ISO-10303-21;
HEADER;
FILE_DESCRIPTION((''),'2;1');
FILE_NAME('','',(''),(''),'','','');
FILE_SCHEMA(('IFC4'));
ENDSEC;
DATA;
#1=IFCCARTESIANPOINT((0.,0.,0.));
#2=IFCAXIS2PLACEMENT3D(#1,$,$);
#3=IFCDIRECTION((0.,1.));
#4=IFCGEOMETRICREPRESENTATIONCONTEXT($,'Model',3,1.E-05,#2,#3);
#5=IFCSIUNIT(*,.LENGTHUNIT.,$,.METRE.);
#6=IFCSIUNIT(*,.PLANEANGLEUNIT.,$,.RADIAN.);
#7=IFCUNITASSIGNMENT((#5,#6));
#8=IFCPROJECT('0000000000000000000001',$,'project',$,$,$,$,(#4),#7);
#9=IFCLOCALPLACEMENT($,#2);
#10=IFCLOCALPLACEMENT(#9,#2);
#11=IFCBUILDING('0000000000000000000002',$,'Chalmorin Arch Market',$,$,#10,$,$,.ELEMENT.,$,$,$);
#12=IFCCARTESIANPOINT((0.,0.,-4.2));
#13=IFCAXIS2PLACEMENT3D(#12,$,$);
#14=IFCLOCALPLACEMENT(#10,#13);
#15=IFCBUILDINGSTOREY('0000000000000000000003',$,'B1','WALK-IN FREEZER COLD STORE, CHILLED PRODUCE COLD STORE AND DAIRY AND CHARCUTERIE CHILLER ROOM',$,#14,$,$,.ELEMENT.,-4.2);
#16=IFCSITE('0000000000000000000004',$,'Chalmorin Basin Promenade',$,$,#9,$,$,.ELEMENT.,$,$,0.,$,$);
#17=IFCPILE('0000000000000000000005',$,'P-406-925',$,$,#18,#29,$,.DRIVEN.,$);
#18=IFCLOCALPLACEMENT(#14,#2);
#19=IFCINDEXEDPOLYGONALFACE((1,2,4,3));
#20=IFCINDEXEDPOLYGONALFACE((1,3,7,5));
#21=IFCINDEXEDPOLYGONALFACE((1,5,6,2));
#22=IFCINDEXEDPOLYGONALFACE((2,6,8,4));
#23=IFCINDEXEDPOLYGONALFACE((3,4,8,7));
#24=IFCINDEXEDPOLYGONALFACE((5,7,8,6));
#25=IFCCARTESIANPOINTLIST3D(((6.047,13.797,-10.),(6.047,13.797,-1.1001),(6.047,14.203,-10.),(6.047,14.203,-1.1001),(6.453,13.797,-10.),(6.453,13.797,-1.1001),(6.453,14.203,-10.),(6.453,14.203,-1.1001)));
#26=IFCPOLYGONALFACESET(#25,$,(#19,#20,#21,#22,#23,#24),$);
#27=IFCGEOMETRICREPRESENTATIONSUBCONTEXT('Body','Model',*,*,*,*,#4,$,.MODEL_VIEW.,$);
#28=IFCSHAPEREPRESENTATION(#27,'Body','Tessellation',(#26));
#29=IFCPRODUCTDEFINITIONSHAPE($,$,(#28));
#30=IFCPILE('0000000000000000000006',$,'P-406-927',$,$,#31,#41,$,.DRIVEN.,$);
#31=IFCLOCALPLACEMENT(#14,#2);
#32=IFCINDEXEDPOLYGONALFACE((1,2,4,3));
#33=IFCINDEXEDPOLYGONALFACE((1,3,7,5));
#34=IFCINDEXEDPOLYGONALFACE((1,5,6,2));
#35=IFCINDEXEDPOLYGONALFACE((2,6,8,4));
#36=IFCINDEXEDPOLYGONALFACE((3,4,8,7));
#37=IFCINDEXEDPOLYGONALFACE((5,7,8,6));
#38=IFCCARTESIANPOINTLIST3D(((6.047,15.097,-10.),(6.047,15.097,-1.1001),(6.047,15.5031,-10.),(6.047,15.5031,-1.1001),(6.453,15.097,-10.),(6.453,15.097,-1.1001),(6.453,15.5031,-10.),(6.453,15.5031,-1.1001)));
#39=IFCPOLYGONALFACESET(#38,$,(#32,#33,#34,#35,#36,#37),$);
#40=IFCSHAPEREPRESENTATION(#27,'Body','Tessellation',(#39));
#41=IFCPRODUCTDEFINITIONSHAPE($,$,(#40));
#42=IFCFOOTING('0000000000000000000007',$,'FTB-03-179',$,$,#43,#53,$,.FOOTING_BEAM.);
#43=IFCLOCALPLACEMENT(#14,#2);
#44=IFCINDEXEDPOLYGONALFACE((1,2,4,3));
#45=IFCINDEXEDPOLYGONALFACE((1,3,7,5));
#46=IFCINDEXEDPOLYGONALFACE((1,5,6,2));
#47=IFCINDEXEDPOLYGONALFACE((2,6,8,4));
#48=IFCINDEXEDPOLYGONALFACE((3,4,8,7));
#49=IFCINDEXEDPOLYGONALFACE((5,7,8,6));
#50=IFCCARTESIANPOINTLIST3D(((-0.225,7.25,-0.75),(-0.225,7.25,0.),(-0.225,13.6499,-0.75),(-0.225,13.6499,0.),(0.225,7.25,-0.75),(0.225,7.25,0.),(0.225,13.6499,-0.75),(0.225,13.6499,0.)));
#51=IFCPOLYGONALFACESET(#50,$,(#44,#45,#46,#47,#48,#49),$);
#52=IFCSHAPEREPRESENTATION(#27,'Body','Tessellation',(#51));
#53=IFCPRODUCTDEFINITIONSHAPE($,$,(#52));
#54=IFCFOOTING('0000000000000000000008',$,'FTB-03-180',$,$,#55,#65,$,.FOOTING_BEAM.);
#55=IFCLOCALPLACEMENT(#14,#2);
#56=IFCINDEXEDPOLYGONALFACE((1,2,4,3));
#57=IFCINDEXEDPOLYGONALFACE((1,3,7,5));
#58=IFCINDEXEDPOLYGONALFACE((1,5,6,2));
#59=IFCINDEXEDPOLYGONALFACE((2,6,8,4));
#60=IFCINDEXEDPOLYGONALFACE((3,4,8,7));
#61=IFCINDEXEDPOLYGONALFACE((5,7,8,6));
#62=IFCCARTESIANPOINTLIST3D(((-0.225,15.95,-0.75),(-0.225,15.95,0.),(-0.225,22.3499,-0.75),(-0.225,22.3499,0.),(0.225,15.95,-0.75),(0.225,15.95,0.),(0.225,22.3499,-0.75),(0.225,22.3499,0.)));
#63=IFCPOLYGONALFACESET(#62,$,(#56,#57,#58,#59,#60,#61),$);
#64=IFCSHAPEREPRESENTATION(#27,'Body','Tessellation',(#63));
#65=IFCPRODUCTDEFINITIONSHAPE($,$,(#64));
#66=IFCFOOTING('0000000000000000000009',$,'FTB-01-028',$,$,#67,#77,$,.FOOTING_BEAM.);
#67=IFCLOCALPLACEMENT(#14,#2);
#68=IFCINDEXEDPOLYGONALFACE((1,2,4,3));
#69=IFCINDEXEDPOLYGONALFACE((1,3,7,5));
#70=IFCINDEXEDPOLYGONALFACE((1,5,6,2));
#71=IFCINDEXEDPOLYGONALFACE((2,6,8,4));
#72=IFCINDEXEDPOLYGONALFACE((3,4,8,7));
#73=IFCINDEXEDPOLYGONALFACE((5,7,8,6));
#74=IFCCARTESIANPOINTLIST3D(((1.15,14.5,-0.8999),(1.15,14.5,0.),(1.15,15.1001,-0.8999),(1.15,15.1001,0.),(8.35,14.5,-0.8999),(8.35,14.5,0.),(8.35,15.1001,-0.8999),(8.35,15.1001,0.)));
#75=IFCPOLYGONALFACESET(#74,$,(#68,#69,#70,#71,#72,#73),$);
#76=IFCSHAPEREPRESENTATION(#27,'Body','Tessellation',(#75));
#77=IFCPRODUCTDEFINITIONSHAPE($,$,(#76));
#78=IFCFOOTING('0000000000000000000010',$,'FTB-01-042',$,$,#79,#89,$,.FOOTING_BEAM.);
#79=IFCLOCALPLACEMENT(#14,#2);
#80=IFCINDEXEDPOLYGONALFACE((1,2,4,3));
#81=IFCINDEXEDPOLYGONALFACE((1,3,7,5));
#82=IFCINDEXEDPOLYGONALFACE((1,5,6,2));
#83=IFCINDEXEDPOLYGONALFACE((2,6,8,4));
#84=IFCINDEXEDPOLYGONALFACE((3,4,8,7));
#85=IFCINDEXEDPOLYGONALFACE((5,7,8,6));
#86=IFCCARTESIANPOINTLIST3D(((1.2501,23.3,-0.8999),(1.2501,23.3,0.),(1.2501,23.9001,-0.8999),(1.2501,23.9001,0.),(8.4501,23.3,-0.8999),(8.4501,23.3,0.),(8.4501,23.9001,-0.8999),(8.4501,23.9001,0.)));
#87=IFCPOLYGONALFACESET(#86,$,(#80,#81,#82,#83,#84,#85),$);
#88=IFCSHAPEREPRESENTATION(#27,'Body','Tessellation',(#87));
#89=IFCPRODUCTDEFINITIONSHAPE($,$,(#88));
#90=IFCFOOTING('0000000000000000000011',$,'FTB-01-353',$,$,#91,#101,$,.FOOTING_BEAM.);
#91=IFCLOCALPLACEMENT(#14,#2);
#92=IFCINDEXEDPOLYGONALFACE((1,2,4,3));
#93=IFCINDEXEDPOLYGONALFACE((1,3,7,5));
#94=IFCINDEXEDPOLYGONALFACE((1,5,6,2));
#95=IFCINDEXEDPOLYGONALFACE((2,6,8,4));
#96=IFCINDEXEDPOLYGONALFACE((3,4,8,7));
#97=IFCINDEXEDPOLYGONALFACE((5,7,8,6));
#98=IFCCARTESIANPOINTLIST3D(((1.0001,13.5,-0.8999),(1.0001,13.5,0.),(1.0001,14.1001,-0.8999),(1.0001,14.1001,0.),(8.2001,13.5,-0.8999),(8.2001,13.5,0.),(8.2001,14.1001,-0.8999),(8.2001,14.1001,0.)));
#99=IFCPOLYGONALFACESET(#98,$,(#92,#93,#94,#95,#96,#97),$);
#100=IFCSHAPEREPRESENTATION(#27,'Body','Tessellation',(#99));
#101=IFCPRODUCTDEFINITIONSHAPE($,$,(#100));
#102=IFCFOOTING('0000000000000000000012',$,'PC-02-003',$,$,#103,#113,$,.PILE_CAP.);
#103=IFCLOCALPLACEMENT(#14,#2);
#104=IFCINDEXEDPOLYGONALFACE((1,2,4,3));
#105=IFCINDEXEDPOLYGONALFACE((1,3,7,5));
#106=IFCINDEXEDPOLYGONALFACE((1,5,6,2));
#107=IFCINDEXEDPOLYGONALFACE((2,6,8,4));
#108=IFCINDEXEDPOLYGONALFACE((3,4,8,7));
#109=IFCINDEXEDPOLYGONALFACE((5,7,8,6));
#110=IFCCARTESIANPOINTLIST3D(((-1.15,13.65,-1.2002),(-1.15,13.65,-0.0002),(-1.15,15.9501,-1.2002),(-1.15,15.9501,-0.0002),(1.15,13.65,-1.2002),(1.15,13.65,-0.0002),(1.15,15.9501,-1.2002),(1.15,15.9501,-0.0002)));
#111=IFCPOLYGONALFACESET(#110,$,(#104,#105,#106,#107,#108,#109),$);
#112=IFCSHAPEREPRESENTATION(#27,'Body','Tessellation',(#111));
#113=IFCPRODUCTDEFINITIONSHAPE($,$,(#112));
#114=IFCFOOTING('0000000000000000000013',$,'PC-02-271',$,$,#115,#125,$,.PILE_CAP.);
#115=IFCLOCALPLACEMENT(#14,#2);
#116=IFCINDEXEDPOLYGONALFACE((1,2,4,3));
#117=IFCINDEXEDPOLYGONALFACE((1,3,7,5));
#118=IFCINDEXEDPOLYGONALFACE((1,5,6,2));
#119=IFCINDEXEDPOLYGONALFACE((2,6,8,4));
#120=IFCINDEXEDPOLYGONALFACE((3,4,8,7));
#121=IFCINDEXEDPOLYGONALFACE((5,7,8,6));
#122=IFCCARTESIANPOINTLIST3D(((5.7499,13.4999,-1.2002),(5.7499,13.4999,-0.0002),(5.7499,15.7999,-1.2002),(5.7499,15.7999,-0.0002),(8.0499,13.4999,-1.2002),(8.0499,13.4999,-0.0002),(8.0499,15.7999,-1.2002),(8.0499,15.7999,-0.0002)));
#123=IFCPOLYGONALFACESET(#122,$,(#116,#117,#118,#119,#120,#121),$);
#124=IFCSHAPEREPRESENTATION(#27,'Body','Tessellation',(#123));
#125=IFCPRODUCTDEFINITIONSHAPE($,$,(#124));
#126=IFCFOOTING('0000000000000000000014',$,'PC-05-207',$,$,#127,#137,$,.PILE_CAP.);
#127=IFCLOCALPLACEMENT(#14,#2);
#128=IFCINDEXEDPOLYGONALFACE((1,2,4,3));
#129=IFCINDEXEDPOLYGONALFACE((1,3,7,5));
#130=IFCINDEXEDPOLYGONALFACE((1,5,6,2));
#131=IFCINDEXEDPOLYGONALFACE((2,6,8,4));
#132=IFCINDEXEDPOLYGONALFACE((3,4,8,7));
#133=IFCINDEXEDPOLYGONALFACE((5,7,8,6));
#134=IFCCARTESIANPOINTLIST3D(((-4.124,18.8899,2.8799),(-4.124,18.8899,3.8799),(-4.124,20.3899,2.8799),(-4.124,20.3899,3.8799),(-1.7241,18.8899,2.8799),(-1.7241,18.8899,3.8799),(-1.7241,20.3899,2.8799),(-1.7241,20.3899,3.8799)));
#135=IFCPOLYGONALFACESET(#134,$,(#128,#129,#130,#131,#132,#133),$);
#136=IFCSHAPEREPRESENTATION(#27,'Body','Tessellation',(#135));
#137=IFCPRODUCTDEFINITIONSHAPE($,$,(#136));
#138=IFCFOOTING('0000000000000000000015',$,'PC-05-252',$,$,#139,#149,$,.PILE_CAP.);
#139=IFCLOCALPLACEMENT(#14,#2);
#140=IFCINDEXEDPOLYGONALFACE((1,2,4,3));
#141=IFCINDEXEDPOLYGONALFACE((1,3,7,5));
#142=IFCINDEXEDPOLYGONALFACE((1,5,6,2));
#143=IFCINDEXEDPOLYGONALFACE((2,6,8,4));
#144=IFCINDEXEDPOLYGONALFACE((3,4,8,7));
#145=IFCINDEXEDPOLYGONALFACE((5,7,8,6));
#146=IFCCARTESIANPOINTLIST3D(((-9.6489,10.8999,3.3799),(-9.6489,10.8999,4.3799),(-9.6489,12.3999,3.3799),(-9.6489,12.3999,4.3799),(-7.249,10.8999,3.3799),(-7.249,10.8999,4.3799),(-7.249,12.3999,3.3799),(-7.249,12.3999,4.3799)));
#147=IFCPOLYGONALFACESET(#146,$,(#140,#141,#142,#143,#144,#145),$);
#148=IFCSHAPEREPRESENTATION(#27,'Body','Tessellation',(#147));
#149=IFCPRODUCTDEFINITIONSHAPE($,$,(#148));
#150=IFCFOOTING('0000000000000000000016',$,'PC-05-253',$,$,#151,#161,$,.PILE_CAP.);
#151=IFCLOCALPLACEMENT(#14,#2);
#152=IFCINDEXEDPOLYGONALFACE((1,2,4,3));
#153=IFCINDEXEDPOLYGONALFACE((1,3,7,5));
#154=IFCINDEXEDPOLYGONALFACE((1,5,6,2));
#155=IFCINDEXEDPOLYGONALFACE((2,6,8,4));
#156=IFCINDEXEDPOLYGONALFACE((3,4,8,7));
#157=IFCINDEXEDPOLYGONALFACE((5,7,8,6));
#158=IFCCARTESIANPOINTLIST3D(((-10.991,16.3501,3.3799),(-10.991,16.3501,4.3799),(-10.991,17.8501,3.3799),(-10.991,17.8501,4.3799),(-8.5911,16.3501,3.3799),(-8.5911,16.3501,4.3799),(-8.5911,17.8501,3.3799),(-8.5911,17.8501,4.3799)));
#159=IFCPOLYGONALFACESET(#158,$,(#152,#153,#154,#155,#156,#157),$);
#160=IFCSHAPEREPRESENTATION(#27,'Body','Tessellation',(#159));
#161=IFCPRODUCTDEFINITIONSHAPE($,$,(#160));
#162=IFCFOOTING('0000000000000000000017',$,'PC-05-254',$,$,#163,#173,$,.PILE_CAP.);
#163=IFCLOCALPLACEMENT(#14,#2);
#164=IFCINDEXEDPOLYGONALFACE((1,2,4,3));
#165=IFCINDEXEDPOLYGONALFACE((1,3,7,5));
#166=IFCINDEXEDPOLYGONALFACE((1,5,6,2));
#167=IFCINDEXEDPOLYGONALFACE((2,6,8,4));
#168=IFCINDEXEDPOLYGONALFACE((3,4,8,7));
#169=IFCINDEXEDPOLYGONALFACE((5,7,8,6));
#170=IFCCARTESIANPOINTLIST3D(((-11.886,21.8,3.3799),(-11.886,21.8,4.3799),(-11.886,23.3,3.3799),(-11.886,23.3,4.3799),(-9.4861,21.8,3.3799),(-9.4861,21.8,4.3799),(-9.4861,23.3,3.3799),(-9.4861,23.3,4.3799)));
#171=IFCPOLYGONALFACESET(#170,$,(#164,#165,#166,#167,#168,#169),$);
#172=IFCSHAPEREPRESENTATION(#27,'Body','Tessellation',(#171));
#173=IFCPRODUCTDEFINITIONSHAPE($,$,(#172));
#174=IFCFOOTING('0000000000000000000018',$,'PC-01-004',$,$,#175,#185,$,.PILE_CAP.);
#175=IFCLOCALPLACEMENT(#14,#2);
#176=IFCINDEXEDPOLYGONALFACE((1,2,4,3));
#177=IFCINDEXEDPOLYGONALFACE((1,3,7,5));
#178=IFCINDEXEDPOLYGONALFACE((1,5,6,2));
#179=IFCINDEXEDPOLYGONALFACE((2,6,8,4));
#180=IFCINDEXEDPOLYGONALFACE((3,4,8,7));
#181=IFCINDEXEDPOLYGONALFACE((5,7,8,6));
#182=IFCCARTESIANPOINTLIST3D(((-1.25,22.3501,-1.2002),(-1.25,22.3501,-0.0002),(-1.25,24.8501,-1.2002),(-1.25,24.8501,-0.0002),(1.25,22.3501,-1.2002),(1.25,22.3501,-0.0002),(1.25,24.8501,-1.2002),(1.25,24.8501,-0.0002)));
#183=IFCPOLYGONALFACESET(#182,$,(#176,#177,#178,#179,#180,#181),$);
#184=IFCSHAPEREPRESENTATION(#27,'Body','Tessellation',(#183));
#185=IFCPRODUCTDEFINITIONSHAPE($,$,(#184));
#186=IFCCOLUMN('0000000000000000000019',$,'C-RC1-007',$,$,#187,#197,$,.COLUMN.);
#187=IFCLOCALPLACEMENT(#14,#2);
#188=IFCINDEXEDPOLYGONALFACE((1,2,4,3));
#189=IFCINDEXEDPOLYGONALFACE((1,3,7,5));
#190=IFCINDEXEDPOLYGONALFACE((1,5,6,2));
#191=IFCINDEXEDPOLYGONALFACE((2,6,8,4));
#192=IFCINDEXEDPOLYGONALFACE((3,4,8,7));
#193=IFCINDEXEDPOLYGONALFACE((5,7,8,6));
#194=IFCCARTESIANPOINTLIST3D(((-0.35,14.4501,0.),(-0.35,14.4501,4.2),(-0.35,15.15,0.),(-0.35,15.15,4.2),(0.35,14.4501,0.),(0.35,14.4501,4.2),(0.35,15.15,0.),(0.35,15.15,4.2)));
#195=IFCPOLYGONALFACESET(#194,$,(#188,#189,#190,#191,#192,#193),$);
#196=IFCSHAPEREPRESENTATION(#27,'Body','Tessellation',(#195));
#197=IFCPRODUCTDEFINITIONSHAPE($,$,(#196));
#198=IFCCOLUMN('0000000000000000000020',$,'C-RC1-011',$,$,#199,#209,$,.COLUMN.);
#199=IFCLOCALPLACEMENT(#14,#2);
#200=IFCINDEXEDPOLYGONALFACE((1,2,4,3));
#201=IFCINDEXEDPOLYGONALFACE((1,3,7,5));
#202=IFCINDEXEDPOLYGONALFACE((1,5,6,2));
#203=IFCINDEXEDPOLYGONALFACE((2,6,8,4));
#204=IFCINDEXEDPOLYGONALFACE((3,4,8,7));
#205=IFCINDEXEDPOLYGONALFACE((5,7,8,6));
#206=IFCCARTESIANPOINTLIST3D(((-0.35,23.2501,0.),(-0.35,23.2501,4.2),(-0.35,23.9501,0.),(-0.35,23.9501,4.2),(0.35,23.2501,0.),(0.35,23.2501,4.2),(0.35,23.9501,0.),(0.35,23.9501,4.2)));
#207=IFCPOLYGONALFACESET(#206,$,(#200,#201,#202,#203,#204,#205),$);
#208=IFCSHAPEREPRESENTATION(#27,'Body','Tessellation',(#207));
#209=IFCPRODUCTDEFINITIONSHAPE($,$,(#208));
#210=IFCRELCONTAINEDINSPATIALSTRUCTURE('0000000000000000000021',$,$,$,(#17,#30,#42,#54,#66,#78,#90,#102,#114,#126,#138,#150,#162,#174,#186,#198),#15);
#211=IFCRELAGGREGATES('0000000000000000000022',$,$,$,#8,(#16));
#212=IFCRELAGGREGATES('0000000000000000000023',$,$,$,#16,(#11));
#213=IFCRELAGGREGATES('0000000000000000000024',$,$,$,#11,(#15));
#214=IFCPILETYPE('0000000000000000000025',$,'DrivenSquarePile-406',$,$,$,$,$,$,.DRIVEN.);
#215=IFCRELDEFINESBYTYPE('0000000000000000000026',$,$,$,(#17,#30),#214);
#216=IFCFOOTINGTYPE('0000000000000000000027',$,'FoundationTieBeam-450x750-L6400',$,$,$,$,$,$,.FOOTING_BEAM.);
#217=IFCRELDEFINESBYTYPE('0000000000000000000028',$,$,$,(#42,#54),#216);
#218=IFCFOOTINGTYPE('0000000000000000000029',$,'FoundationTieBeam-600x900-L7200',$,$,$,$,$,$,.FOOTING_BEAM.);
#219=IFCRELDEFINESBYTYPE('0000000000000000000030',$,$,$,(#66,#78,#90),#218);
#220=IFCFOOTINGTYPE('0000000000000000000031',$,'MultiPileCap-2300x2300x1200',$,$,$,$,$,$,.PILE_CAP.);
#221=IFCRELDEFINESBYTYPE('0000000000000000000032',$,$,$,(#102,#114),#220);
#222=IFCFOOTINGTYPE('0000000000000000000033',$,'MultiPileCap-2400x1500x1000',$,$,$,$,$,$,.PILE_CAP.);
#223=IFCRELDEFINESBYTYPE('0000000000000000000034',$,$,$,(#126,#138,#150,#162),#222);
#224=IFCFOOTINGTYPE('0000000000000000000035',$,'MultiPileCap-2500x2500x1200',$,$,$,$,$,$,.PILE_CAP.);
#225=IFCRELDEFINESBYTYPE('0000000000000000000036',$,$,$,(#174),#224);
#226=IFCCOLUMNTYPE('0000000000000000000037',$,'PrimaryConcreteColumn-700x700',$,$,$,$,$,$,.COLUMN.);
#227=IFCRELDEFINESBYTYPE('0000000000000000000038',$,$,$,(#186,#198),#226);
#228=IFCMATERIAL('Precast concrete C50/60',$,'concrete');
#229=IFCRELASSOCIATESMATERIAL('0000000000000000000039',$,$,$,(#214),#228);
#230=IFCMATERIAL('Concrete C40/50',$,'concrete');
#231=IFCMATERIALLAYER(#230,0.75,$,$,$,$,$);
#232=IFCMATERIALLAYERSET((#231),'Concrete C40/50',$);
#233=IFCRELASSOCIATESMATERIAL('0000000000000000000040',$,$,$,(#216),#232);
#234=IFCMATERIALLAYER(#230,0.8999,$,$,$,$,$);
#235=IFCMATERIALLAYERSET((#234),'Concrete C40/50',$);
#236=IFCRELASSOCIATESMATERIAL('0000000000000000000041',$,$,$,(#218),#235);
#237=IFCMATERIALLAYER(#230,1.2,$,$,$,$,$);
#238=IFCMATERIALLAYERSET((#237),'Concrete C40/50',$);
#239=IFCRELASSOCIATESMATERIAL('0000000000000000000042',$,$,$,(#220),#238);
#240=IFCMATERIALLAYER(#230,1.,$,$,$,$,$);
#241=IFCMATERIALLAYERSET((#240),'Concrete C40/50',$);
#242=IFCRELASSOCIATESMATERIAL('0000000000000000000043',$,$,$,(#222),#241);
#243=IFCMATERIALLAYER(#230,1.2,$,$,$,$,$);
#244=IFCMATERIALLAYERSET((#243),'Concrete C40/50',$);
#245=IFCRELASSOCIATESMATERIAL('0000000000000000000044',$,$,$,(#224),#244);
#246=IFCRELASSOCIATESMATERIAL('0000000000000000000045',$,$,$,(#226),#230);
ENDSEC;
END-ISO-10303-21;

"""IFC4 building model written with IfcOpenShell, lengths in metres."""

from ifc_helpers import new_model, si_unit, direction, frame, origin, origin_2d, place, context, subcontext, project, spatial, rectangle, extrude, material, layer, layer_set, material_profile, profile_set, type_object, element, save


model = new_model("IFC4")

# Units and contexts
model_context = context("Model", 3, precision=1e-05, world=origin(), true_north=direction((0.0, 1.0)))
body_context = subcontext(model_context, "Body", "Model", "MODEL_VIEW")
ifc_project = project(units=[si_unit("LENGTHUNIT", "METRE"), si_unit("PLANEANGLEUNIT", "RADIAN")], contexts=[model_context])

# Site, building, storey
site_placement = place(None, origin())
site = spatial("IfcSite", under=ifc_project, at=site_placement, Name="Chalmorin Basin Promenade", CompositionType="ELEMENT", RefElevation=0.0)
building_placement = place(site_placement, origin())
building = spatial("IfcBuilding", under=site, at=building_placement, Name="Chalmorin Arch Market", CompositionType="ELEMENT")
storey_placement = place(building_placement, frame((0.0, 0.0, -4.2)))
storey = spatial("IfcBuildingStorey", under=building, at=storey_placement, Name="B1", Description="WALK-IN FREEZER COLD STORE, CHILLED PRODUCE COLD STORE AND DAIRY AND CHARCUTERIE CHILLER ROOM", CompositionType="ELEMENT", Elevation=-4.2)

# Piles
ifc_material_1 = material(Name="Precast concrete C50/60", Category="concrete")
ifc_material_profile_1 = material_profile(ifc_material_1, rectangle(XDim=0.406, YDim=0.406, at=origin_2d()), Name="PPC406")
ifc_profile_set_1 = profile_set([ifc_material_profile_1], Name="Precast concrete C50/60")
pile_type = type_object("IfcPileType", Name="DrivenSquarePile-406", PredefinedType="DRIVEN", material=ifc_profile_set_1)
for number, where, z_axis, x_axis, name in (
    (1, (6.25, 14.0, -1.1001), (0.0, 0.0, -1.0), (1.0, 0.0, 0.0), "P-406-925"),
    (2, (6.25, 15.3, -1.1001), (0.0, 0.0, -1.0), (1.0, 0.0, 0.0), "P-406-927"),
):
    element("IfcPile", number, at=place(storey_placement, frame(where, z_axis=z_axis, x_axis=x_axis)), inside=storey, type_object=pile_type, Name=name, PredefinedType="DRIVEN", context=body_context, shape_type="SweptSolid", body=[
        extrude(rectangle(XDim=0.406, YDim=0.406, at=origin_2d()), origin(), (0.0, 0.0, 1.0), 8.8999),
    ])

# Footings
ifc_material_2 = material(Name="Concrete C40/50", Category="concrete")
ifc_layer_1 = layer(ifc_material_2, 0.75)
ifc_layer_set_1 = layer_set([ifc_layer_1], Name="Concrete C40/50")
footing_type_1 = type_object("IfcFootingType", Name="FoundationTieBeam-450x750-L6400", PredefinedType="FOOTING_BEAM", material=ifc_layer_set_1)
for number, where, z_axis, x_axis, name in (
    (3, (0.0, 10.45, -0.75), (0.0, 0.0, 1.0), (0.0, 1.0, 0.0), "FTB-03-179"),
    (4, (0.0, 19.1499, -0.75), (0.0, 0.0, 1.0), (0.0, 1.0, 0.0), "FTB-03-180"),
):
    element("IfcFooting", number, at=place(storey_placement, frame(where, z_axis=z_axis, x_axis=x_axis)), inside=storey, type_object=footing_type_1, Name=name, PredefinedType="FOOTING_BEAM", context=body_context, shape_type="SweptSolid", body=[
        extrude(rectangle(XDim=6.3999, YDim=0.45, at=origin_2d()), origin(), (0.0, 0.0, 1.0), 0.75),
    ])
ifc_layer_2 = layer(ifc_material_2, 0.8999)
ifc_layer_set_2 = layer_set([ifc_layer_2], Name="Concrete C40/50")
footing_type_2 = type_object("IfcFootingType", Name="FoundationTieBeam-600x900-L7200", PredefinedType="FOOTING_BEAM", material=ifc_layer_set_2)
for number, where, z_axis, x_axis, name in (
    (5, (4.75, 14.8, -0.8999), (0.0, 0.0, 1.0), (1.0, 0.0, 0.0), "FTB-01-028"),
    (6, (4.8501, 23.6001, -0.8999), (0.0, 0.0, 1.0), (1.0, 0.0, 0.0), "FTB-01-042"),
    (7, (4.6001, 13.8, -0.8999), (0.0, 0.0, 1.0), (1.0, 0.0, 0.0), "FTB-01-353"),
):
    element("IfcFooting", number, at=place(storey_placement, frame(where, z_axis=z_axis, x_axis=x_axis)), inside=storey, type_object=footing_type_2, Name=name, PredefinedType="FOOTING_BEAM", context=body_context, shape_type="SweptSolid", body=[
        extrude(rectangle(XDim=7.2, YDim=0.6001, at=origin_2d()), origin(), (0.0, 0.0, 1.0), 0.8999),
    ])
ifc_layer_3 = layer(ifc_material_2, 1.2)
ifc_layer_set_3 = layer_set([ifc_layer_3], Name="Concrete C40/50")
footing_type_3 = type_object("IfcFootingType", Name="MultiPileCap-2300x2300x1200", PredefinedType="PILE_CAP", material=ifc_layer_set_3)
for number, where, z_axis, x_axis, name in (
    (8, (0.0, 14.8, -1.2002), (0.0, 0.0, 1.0), (1.0, 0.0, 0.0), "PC-02-003"),
    (9, (6.8999, 14.6499, -1.2002), (0.0, 0.0, 1.0), (1.0, 0.0, 0.0), "PC-02-271"),
):
    element("IfcFooting", number, at=place(storey_placement, frame(where, z_axis=z_axis, x_axis=x_axis)), inside=storey, type_object=footing_type_3, Name=name, PredefinedType="PILE_CAP", context=body_context, shape_type="SweptSolid", body=[
        extrude(rectangle(XDim=2.3, YDim=2.3, at=origin_2d()), origin(), (0.0, 0.0, 1.0), 1.2),
    ])
ifc_layer_4 = layer(ifc_material_2, 1.0)
ifc_layer_set_4 = layer_set([ifc_layer_4], Name="Concrete C40/50")
footing_type_4 = type_object("IfcFootingType", Name="MultiPileCap-2400x1500x1000", PredefinedType="PILE_CAP", material=ifc_layer_set_4)
for number, where, z_axis, x_axis, name in (
    (10, (-2.9241, 19.6399, 2.8799), (0.0, 0.0, 1.0), (1.0, 0.0, 0.0), "PC-05-207"),
    (11, (-8.449, 11.6499, 3.3799), (0.0, 0.0, 1.0), (1.0, 0.0, 0.0), "PC-05-252"),
    (12, (-9.791, 17.1001, 3.3799), (0.0, 0.0, 1.0), (1.0, 0.0, 0.0), "PC-05-253"),
    (13, (-10.686, 22.55, 3.3799), (0.0, 0.0, 1.0), (1.0, 0.0, 0.0), "PC-05-254"),
):
    element("IfcFooting", number, at=place(storey_placement, frame(where, z_axis=z_axis, x_axis=x_axis)), inside=storey, type_object=footing_type_4, Name=name, PredefinedType="PILE_CAP", context=body_context, shape_type="SweptSolid", body=[
        extrude(rectangle(XDim=2.3999, YDim=1.5, at=origin_2d()), origin(), (0.0, 0.0, 1.0), 1.0),
    ])
ifc_layer_5 = layer(ifc_material_2, 1.2)
ifc_layer_set_5 = layer_set([ifc_layer_5], Name="Concrete C40/50")
footing_type_5 = type_object("IfcFootingType", Name="MultiPileCap-2500x2500x1200", PredefinedType="PILE_CAP", material=ifc_layer_set_5)
footing_placement = place(storey_placement, frame((0.0, 23.6001, -1.2002), z_axis=(0.0, 0.0, 1.0), x_axis=(1.0, 0.0, 0.0)))
element("IfcFooting", 14, at=footing_placement, inside=storey, type_object=footing_type_5, Name="PC-01-004", PredefinedType="PILE_CAP", context=body_context, shape_type="SweptSolid", body=[
    extrude(rectangle(XDim=2.5, YDim=2.5, at=origin_2d()), origin(), (0.0, 0.0, 1.0), 1.2),
])

# Columns
ifc_material_profile_2 = material_profile(ifc_material_2, rectangle(XDim=0.7, YDim=0.7, at=origin_2d()), Name="RC700X700")
ifc_profile_set_2 = profile_set([ifc_material_profile_2], Name="Concrete C40/50")
column_type = type_object("IfcColumnType", Name="PrimaryConcreteColumn-700x700", PredefinedType="COLUMN", material=ifc_profile_set_2)
for number, where, z_axis, x_axis, name in (
    (15, (0.0, 14.8, 0.0), (0.0, 0.0, 1.0), (1.0, 0.0, 0.0), "C-RC1-007"),
    (16, (0.0, 23.6001, 0.0), (0.0, 0.0, 1.0), (1.0, 0.0, 0.0), "C-RC1-011"),
):
    element("IfcColumn", number, at=place(storey_placement, frame(where, z_axis=z_axis, x_axis=x_axis)), inside=storey, type_object=column_type, Name=name, PredefinedType="COLUMN", context=body_context, shape_type="SweptSolid", body=[
        extrude(rectangle(XDim=0.7, YDim=0.7, at=origin_2d()), origin(), (0.0, 0.0, 1.0), 4.2),
    ])

save(model, "model.ifc")
